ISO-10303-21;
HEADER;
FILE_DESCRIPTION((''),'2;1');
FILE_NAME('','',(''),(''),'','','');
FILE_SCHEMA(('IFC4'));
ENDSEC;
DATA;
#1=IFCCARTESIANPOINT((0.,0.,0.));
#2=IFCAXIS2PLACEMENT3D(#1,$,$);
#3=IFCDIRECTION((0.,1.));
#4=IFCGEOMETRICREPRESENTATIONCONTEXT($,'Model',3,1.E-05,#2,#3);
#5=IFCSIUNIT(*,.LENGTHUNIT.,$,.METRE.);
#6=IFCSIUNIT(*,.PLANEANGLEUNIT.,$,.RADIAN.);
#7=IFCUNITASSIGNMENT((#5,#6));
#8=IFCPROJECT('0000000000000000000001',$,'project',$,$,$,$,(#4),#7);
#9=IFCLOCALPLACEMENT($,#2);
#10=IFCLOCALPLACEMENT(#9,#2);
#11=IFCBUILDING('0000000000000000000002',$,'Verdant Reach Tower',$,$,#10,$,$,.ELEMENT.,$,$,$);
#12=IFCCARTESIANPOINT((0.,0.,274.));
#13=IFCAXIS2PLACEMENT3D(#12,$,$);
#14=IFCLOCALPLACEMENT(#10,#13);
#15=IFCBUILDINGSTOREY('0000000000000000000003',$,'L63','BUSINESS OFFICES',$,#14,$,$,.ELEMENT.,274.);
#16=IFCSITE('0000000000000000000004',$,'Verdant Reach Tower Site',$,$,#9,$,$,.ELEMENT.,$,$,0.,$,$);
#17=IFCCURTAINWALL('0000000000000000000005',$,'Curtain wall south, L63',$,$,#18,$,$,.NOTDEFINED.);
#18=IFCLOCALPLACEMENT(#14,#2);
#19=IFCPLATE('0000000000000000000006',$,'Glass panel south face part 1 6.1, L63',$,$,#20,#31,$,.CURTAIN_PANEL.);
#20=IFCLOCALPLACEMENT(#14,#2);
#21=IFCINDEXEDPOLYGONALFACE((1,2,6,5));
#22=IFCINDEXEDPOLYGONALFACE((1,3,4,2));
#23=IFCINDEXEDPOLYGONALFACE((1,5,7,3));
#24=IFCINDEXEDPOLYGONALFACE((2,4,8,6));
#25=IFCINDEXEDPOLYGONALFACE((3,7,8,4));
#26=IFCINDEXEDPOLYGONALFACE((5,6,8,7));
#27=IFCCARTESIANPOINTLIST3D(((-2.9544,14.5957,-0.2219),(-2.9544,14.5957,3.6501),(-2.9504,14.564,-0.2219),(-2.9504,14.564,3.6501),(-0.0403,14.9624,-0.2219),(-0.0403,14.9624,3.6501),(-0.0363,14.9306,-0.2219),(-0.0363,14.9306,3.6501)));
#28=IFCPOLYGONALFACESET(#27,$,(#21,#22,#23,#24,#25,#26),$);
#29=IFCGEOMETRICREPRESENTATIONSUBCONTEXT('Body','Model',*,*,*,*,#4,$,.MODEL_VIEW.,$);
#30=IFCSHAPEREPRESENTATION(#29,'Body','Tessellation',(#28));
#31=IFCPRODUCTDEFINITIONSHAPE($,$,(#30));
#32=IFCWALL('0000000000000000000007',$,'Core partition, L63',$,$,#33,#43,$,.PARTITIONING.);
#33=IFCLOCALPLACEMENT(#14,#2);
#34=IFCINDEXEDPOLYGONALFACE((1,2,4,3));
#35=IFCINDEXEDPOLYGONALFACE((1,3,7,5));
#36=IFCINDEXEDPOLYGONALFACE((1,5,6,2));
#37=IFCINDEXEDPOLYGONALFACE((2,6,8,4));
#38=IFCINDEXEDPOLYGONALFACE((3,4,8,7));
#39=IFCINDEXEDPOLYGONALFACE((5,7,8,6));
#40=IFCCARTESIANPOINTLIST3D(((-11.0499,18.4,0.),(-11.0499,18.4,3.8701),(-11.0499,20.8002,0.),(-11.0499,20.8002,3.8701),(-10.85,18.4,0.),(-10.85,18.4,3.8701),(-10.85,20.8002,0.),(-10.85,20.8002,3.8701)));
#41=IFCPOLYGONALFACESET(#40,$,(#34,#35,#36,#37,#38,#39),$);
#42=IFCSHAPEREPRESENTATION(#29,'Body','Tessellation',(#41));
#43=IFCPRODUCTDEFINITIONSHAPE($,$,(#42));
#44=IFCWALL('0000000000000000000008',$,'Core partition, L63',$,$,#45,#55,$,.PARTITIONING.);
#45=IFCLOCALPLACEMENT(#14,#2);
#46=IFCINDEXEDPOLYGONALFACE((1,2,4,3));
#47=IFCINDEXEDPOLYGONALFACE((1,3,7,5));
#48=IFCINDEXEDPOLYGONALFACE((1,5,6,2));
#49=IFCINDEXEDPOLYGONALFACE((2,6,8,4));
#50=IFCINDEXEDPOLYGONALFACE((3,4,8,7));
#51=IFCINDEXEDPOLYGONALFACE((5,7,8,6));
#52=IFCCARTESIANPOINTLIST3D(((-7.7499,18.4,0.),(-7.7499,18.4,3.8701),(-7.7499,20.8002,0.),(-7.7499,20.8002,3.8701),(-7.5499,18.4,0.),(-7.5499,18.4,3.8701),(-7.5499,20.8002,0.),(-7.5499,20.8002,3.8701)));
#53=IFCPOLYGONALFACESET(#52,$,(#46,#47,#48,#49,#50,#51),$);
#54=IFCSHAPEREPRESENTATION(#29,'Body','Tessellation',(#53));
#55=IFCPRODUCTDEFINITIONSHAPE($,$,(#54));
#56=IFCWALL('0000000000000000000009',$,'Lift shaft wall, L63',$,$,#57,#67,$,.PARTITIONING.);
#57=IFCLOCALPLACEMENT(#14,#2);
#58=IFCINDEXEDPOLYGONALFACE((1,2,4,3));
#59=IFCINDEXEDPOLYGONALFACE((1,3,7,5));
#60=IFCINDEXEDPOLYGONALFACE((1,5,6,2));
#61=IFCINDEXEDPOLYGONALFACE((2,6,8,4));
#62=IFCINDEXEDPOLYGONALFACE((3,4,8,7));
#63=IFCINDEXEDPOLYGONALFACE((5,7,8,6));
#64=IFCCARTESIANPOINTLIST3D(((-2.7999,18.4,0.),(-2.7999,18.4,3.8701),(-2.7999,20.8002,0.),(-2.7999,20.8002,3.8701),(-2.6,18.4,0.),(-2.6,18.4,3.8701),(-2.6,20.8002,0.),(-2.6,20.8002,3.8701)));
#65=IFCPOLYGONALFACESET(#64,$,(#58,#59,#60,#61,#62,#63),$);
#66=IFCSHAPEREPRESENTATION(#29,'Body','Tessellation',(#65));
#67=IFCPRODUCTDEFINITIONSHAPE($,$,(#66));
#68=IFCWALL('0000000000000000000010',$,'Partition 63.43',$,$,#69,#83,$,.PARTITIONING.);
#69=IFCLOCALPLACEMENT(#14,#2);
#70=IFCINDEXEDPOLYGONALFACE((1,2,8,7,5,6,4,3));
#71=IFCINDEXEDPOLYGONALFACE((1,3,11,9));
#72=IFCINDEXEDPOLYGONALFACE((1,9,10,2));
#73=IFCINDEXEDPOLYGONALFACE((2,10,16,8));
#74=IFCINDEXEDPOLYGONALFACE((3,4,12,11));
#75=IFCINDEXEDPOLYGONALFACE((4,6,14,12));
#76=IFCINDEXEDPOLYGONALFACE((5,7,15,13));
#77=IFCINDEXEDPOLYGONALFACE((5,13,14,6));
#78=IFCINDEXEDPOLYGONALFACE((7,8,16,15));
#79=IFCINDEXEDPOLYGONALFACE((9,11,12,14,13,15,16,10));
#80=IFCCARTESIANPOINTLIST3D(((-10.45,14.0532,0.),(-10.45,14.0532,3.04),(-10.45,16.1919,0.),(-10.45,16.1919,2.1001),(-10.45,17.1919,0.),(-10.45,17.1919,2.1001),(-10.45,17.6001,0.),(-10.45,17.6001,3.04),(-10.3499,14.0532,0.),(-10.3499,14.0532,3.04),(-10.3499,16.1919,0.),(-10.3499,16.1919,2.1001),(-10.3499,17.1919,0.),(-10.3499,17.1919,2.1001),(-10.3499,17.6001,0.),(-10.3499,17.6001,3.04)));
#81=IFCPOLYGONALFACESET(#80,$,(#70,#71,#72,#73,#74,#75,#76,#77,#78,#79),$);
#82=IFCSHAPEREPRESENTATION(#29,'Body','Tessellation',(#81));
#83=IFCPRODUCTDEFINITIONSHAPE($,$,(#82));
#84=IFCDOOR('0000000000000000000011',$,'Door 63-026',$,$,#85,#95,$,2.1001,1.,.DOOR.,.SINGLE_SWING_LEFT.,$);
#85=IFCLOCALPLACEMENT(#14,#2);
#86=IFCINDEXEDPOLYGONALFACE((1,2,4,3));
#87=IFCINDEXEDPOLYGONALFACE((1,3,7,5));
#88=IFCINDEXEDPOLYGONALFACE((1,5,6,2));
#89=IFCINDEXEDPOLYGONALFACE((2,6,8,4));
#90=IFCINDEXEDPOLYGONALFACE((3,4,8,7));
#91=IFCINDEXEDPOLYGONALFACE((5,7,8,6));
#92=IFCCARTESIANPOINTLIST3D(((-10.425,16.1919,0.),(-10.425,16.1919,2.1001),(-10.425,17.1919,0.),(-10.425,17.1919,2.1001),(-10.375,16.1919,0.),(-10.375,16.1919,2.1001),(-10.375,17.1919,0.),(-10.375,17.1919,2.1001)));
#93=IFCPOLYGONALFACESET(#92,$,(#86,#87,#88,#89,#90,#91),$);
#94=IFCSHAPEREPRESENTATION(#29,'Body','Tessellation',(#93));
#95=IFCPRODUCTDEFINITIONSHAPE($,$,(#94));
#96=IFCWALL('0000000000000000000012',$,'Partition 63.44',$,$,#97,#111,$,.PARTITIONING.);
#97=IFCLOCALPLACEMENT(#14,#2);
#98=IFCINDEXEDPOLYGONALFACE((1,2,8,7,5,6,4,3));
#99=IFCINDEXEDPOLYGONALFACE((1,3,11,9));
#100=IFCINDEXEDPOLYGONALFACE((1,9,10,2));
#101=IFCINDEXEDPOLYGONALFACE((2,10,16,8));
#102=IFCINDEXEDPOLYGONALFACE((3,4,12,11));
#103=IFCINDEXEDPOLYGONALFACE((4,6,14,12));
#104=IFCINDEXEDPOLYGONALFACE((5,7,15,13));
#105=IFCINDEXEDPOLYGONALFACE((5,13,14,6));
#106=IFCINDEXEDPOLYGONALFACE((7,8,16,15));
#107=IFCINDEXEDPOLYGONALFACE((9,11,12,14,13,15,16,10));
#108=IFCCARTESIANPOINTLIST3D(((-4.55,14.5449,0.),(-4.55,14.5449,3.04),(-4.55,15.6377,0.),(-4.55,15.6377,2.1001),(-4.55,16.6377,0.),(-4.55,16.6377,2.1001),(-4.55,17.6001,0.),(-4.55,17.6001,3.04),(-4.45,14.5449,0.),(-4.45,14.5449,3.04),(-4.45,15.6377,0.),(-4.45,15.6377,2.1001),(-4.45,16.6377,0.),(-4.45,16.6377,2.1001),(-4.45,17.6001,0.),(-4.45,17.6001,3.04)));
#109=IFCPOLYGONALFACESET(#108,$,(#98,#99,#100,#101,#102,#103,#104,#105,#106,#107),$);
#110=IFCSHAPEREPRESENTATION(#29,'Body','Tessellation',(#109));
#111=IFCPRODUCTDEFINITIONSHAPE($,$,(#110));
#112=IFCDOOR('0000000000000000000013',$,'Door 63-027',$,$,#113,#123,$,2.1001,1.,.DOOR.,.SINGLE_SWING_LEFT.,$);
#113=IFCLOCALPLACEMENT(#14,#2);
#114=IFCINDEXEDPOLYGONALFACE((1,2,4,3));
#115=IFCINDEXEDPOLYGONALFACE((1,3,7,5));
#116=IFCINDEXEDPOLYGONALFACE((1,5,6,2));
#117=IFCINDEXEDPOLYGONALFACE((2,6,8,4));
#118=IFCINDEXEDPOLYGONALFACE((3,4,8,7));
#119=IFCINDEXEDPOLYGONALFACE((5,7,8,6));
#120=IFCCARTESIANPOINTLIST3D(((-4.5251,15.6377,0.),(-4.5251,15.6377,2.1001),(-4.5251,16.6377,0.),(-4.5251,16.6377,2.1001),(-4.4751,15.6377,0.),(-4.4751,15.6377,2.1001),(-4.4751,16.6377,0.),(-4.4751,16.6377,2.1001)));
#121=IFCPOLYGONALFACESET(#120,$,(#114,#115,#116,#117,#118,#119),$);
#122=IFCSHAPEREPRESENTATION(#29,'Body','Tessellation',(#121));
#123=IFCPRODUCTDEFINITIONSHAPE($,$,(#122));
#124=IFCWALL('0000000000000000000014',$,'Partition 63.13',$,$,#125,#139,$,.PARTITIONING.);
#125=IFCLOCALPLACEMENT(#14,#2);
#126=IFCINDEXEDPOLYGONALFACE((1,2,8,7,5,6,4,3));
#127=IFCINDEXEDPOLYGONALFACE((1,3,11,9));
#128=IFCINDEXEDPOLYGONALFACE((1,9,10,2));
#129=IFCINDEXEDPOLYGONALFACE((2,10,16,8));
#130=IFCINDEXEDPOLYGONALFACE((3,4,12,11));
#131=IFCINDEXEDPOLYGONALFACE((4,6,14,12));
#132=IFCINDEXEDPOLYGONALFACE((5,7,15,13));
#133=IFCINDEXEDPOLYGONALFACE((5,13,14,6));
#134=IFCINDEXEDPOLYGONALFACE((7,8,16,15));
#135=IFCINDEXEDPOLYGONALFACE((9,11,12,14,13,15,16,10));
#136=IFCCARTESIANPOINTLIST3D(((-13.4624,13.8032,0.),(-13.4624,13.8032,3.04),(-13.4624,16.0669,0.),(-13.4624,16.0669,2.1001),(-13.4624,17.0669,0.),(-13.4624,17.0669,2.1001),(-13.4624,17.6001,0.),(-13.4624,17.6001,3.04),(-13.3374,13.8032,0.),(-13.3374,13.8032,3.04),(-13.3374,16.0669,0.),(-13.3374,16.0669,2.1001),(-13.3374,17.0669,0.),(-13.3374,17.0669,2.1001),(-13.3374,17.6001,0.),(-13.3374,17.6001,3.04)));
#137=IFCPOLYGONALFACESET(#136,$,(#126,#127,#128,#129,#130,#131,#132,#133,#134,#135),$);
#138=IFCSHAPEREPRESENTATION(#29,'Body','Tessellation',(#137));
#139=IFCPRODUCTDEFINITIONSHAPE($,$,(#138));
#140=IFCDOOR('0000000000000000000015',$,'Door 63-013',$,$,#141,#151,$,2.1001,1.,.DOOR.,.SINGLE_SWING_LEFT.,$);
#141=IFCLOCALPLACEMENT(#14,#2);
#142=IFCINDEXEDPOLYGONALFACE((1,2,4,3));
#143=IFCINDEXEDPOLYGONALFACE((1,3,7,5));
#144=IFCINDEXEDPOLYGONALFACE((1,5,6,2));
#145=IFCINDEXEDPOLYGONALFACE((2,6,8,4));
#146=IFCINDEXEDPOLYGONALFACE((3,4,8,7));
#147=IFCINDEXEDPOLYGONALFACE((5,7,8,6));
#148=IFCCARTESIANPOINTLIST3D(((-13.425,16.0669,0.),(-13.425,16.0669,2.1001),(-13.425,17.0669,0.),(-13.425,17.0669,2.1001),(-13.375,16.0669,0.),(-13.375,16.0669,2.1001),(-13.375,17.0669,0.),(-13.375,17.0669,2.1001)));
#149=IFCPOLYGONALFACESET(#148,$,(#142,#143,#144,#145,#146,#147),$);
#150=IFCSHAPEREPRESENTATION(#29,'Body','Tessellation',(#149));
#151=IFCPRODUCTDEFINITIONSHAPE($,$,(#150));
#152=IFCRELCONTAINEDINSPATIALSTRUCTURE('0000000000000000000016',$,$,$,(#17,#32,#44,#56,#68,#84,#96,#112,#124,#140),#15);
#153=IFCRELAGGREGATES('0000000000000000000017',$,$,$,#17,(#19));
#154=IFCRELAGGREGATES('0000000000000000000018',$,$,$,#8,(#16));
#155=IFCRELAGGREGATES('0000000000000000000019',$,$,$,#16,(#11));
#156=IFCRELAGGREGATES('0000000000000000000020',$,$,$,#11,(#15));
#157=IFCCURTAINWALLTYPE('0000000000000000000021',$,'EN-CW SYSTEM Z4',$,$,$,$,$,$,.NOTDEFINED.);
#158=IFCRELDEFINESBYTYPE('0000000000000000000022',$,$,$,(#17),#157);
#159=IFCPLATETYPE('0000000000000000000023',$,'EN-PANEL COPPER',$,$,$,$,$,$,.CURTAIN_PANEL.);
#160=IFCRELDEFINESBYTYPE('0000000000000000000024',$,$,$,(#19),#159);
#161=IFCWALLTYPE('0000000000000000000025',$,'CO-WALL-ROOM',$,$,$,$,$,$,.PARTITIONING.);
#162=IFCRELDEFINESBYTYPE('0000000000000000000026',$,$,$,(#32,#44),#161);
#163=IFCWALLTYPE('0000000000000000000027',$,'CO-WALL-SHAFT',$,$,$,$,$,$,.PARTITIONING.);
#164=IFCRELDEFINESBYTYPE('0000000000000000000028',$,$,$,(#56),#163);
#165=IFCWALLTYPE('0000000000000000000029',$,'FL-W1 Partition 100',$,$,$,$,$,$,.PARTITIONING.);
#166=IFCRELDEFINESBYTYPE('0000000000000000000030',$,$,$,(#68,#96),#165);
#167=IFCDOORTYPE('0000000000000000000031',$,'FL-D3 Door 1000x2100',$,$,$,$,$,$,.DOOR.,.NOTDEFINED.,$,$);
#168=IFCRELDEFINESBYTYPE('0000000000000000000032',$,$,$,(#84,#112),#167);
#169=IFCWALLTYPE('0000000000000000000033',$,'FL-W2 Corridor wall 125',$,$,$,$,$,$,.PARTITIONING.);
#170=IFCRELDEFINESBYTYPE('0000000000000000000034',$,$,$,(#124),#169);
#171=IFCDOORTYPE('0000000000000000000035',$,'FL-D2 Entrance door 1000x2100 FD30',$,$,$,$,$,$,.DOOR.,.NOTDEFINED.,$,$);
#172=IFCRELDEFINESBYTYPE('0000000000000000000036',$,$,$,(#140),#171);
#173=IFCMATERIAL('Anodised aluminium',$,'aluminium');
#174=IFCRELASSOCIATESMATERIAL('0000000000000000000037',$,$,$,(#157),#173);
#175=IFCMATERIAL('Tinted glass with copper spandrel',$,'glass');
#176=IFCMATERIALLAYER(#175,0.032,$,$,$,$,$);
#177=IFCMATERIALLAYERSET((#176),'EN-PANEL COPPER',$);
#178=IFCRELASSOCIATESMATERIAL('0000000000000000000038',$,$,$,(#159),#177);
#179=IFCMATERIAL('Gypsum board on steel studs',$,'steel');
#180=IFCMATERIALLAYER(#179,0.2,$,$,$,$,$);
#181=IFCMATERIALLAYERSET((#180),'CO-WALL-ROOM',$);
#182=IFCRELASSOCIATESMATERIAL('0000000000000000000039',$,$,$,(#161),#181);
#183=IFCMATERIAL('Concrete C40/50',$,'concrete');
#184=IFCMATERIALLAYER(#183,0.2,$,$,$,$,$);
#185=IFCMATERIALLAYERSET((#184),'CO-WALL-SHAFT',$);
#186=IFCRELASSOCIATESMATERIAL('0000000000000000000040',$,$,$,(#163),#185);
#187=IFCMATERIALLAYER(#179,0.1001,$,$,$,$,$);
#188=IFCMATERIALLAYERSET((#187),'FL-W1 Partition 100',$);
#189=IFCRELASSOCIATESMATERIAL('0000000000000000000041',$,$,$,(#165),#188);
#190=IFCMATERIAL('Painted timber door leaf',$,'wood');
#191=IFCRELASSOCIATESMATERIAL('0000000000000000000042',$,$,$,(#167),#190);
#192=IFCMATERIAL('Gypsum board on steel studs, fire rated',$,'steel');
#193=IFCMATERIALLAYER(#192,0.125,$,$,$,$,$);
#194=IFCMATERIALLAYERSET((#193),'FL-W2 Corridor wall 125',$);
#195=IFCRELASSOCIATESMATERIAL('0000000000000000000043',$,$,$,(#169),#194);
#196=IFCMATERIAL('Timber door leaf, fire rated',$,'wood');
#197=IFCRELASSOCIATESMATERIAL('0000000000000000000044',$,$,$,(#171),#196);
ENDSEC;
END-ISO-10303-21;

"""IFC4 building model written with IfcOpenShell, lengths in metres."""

from ifc_helpers import new_model, si_unit, direction, frame, frame_2d, origin, origin_2d, place, context, subcontext, project, spatial, rectangle, extrude, material, layer, layer_set, type_object, element, fill, aggregate, save


model = new_model("IFC4")

# Units and contexts
model_context = context("Model", 3, precision=1e-05, world=origin(), true_north=direction((0.0, 1.0)))
body_context = subcontext(model_context, "Body", "Model", "MODEL_VIEW")
ifc_project = project(units=[si_unit("LENGTHUNIT", "METRE"), si_unit("PLANEANGLEUNIT", "RADIAN")], contexts=[model_context])

# Site, building, storey
site_placement = place(None, origin())
site = spatial("IfcSite", under=ifc_project, at=site_placement, Name="Verdant Reach Tower Site", CompositionType="ELEMENT", RefElevation=0.0)
building_placement = place(site_placement, origin())
building = spatial("IfcBuilding", under=site, at=building_placement, Name="Verdant Reach Tower", CompositionType="ELEMENT")
storey_placement = place(building_placement, frame((0.0, 0.0, 274.0)))
storey = spatial("IfcBuildingStorey", under=building, at=storey_placement, Name="L63", Description="BUSINESS OFFICES", CompositionType="ELEMENT", Elevation=274.0)

# Curtain wall
ifc_material_1 = material(Name="Anodised aluminium", Category="aluminium")
curtain_wall_type = type_object("IfcCurtainWallType", Name="EN-CW SYSTEM Z4", PredefinedType="NOTDEFINED", material=ifc_material_1)
curtain_wall_placement = place(storey_placement, origin())
curtain_wall = element("IfcCurtainWall", 1, at=curtain_wall_placement, inside=storey, type_object=curtain_wall_type, Name="Curtain wall south, L63", PredefinedType="NOTDEFINED")

# Plate
ifc_material_2 = material(Name="Tinted glass with copper spandrel", Category="glass")
ifc_layer_1 = layer(ifc_material_2, 0.032)
ifc_layer_set_1 = layer_set([ifc_layer_1], Name="EN-PANEL COPPER")
plate_type_1 = type_object("IfcPlateType", Name="EN-PANEL COPPER", PredefinedType="CURTAIN_PANEL", material=ifc_layer_set_1)
plate_1_placement = place(storey_placement, frame((-1.4954, 14.7632, -0.2219), z_axis=(0.0, 0.0, 1.0), x_axis=(0.992178, 0.124832, 0.0)))
plate_1 = element("IfcPlate", 2, at=plate_1_placement, type_object=plate_type_1, Name="Glass panel south face part 1 6.1, L63", PredefinedType="CURTAIN_PANEL", context=body_context, shape_type="SweptSolid", body=[
    extrude(rectangle(XDim=2.937, YDim=0.032, at=origin_2d()), origin(), (0.0, 0.0, 1.0), 3.8721),
])
aggregate(curtain_wall, [plate_1])

# Walls
ifc_material_3 = material(Name="Gypsum board on steel studs", Category="steel")
ifc_layer_2 = layer(ifc_material_3, 0.2)
ifc_layer_set_2 = layer_set([ifc_layer_2], Name="CO-WALL-ROOM")
wall_type_1 = type_object("IfcWallType", Name="CO-WALL-ROOM", PredefinedType="PARTITIONING", material=ifc_layer_set_2)
for number, where, z_axis, x_axis, name in (
    (3, (-10.95, 18.3999, 0.0), (0.0, 0.0, 1.0), (0.0, 1.0, 0.0), "Core partition, L63"),
    (4, (-7.6499, 18.3999, 0.0), (0.0, 0.0, 1.0), (0.0, 1.0, 0.0), "Core partition, L63"),
):
    element("IfcWall", number, at=place(storey_placement, frame(where, z_axis=z_axis, x_axis=x_axis)), inside=storey, type_object=wall_type_1, Name=name, PredefinedType="PARTITIONING", context=body_context, shape_type="SweptSolid", body=[
        extrude(rectangle(XDim=2.4001, YDim=0.2, at=frame_2d((1.2002, 0.0))), origin(), (0.0, 0.0, 1.0), 3.8701),
    ])
ifc_material_4 = material(Name="Concrete C40/50", Category="concrete")
ifc_layer_3 = layer(ifc_material_4, 0.2)
ifc_layer_set_3 = layer_set([ifc_layer_3], Name="CO-WALL-SHAFT")
wall_type_2 = type_object("IfcWallType", Name="CO-WALL-SHAFT", PredefinedType="PARTITIONING", material=ifc_layer_set_3)
wall_1_placement = place(storey_placement, frame((-2.7, 18.3999, 0.0), z_axis=(0.0, 0.0, 1.0), x_axis=(0.0, 1.0, 0.0)))
element("IfcWall", 5, at=wall_1_placement, inside=storey, type_object=wall_type_2, Name="Lift shaft wall, L63", PredefinedType="PARTITIONING", context=body_context, shape_type="SweptSolid", body=[
    extrude(rectangle(XDim=2.4001, YDim=0.2, at=frame_2d((1.2002, 0.0))), origin(), (0.0, 0.0, 1.0), 3.8701),
])

# Walls, openings, doors
ifc_layer_4 = layer(ifc_material_3, 0.1001)
ifc_layer_set_4 = layer_set([ifc_layer_4], Name="FL-W1 Partition 100")
wall_type_3 = type_object("IfcWallType", Name="FL-W1 Partition 100", PredefinedType="PARTITIONING", material=ifc_layer_set_4)
wall_2_placement = place(storey_placement, frame((-10.3999, 17.6001, 0.0), z_axis=(0.0, 0.0, 1.0), x_axis=(0.0, -1.0, 0.0)))
wall_2 = element("IfcWall", 6, at=wall_2_placement, inside=storey, type_object=wall_type_3, Name="Partition 63.43", PredefinedType="PARTITIONING", context=body_context, shape_type="SweptSolid", body=[
    extrude(rectangle(XDim=3.5469, YDim=0.1001, at=frame_2d((1.7734, 0.0))), origin(), (0.0, 0.0, 1.0), 3.04),
])
opening_1_placement = place(wall_2_placement, frame((0.4082, 0.0, 0.0)))
opening_1 = element("IfcOpeningElement", 7, at=opening_1_placement, cuts=wall_2, PredefinedType="OPENING", context=body_context, shape_type="SweptSolid", body=[
    extrude(rectangle(XDim=1.0, YDim=2.1001, at=frame_2d((0.5, 1.05))), frame((0.0, 0.0601, 0.0), z_axis=(0.0, -1.0, 0.0), x_axis=(1.0, 0.0, 0.0)), (0.0, 0.0, 1.0), 0.1201),
])
ifc_material_5 = material(Name="Painted timber door leaf", Category="wood")
door_type_1 = type_object("IfcDoorType", Name="FL-D3 Door 1000x2100", OperationType="NOTDEFINED", PredefinedType="DOOR", material=ifc_material_5)
door_1_placement = place(opening_1_placement, origin())
door_1 = element("IfcDoor", 8, at=door_1_placement, inside=storey, type_object=door_type_1, Name="Door 63-026", OperationType="SINGLE_SWING_LEFT", OverallHeight=2.1001, OverallWidth=1.0, PredefinedType="DOOR", context=body_context, shape_type="SweptSolid", body=[
    extrude(rectangle(XDim=1.0, YDim=2.1001, at=frame_2d((0.5, 1.05))), frame((0.0, 0.0249, 0.0), z_axis=(0.0, -1.0, 0.0), x_axis=(1.0, 0.0, 0.0)), (0.0, 0.0, 1.0), 0.05),
])
fill(opening_1, door_1)
wall_3_placement = place(storey_placement, frame((-4.5, 17.6001, 0.0), z_axis=(0.0, 0.0, 1.0), x_axis=(0.0, -1.0, 0.0)))
wall_3 = element("IfcWall", 9, at=wall_3_placement, inside=storey, type_object=wall_type_3, Name="Partition 63.44", PredefinedType="PARTITIONING", context=body_context, shape_type="SweptSolid", body=[
    extrude(rectangle(XDim=3.0552, YDim=0.1001, at=frame_2d((1.5276, 0.0))), origin(), (0.0, 0.0, 1.0), 3.04),
])
opening_2_placement = place(wall_3_placement, frame((0.9624, 0.0, 0.0)))
opening_2 = element("IfcOpeningElement", 10, at=opening_2_placement, cuts=wall_3, PredefinedType="OPENING", context=body_context, shape_type="SweptSolid", body=[
    extrude(rectangle(XDim=1.0, YDim=2.1001, at=frame_2d((0.5, 1.05))), frame((0.0, 0.0601, 0.0), z_axis=(0.0, -1.0, 0.0), x_axis=(1.0, 0.0, 0.0)), (0.0, 0.0, 1.0), 0.1201),
])
door_2_placement = place(opening_2_placement, origin())
door_2 = element("IfcDoor", 11, at=door_2_placement, inside=storey, type_object=door_type_1, Name="Door 63-027", OperationType="SINGLE_SWING_LEFT", OverallHeight=2.1001, OverallWidth=1.0, PredefinedType="DOOR", context=body_context, shape_type="SweptSolid", body=[
    extrude(rectangle(XDim=1.0, YDim=2.1001, at=frame_2d((0.5, 1.05))), frame((0.0, 0.0249, 0.0), z_axis=(0.0, -1.0, 0.0), x_axis=(1.0, 0.0, 0.0)), (0.0, 0.0, 1.0), 0.05),
])
fill(opening_2, door_2)
ifc_material_6 = material(Name="Gypsum board on steel studs, fire rated", Category="steel")
ifc_layer_5 = layer(ifc_material_6, 0.125)
ifc_layer_set_5 = layer_set([ifc_layer_5], Name="FL-W2 Corridor wall 125")
wall_type_4 = type_object("IfcWallType", Name="FL-W2 Corridor wall 125", PredefinedType="PARTITIONING", material=ifc_layer_set_5)
wall_4_placement = place(storey_placement, frame((-13.3999, 17.6001, 0.0), z_axis=(0.0, 0.0, 1.0), x_axis=(0.0, -1.0, 0.0)))
wall_4 = element("IfcWall", 12, at=wall_4_placement, inside=storey, type_object=wall_type_4, Name="Partition 63.13", PredefinedType="PARTITIONING", context=body_context, shape_type="SweptSolid", body=[
    extrude(rectangle(XDim=3.7969, YDim=0.125, at=frame_2d((1.8984, 0.0))), origin(), (0.0, 0.0, 1.0), 3.04),
])
opening_3_placement = place(wall_4_placement, frame((0.5332, 0.0, 0.0)))
opening_3 = element("IfcOpeningElement", 13, at=opening_3_placement, cuts=wall_4, PredefinedType="OPENING", context=body_context, shape_type="SweptSolid", body=[
    extrude(rectangle(XDim=1.0, YDim=2.1001, at=frame_2d((0.5, 1.05))), frame((0.0, 0.0725, 0.0), z_axis=(0.0, -1.0, 0.0), x_axis=(1.0, 0.0, 0.0)), (0.0, 0.0, 1.0), 0.145),
])
ifc_material_7 = material(Name="Timber door leaf, fire rated", Category="wood")
door_type_2 = type_object("IfcDoorType", Name="FL-D2 Entrance door 1000x2100 FD30", OperationType="NOTDEFINED", PredefinedType="DOOR", material=ifc_material_7)
door_3_placement = place(opening_3_placement, origin())
door_3 = element("IfcDoor", 14, at=door_3_placement, inside=storey, type_object=door_type_2, Name="Door 63-013", OperationType="SINGLE_SWING_LEFT", OverallHeight=2.1001, OverallWidth=1.0, PredefinedType="DOOR", context=body_context, shape_type="SweptSolid", body=[
    extrude(rectangle(XDim=1.0, YDim=2.1001, at=frame_2d((0.5, 1.05))), frame((0.0, 0.0249, 0.0), z_axis=(0.0, -1.0, 0.0), x_axis=(1.0, 0.0, 0.0)), (0.0, 0.0, 1.0), 0.05),
])
fill(opening_3, door_3)

save(model, "model.ifc")
